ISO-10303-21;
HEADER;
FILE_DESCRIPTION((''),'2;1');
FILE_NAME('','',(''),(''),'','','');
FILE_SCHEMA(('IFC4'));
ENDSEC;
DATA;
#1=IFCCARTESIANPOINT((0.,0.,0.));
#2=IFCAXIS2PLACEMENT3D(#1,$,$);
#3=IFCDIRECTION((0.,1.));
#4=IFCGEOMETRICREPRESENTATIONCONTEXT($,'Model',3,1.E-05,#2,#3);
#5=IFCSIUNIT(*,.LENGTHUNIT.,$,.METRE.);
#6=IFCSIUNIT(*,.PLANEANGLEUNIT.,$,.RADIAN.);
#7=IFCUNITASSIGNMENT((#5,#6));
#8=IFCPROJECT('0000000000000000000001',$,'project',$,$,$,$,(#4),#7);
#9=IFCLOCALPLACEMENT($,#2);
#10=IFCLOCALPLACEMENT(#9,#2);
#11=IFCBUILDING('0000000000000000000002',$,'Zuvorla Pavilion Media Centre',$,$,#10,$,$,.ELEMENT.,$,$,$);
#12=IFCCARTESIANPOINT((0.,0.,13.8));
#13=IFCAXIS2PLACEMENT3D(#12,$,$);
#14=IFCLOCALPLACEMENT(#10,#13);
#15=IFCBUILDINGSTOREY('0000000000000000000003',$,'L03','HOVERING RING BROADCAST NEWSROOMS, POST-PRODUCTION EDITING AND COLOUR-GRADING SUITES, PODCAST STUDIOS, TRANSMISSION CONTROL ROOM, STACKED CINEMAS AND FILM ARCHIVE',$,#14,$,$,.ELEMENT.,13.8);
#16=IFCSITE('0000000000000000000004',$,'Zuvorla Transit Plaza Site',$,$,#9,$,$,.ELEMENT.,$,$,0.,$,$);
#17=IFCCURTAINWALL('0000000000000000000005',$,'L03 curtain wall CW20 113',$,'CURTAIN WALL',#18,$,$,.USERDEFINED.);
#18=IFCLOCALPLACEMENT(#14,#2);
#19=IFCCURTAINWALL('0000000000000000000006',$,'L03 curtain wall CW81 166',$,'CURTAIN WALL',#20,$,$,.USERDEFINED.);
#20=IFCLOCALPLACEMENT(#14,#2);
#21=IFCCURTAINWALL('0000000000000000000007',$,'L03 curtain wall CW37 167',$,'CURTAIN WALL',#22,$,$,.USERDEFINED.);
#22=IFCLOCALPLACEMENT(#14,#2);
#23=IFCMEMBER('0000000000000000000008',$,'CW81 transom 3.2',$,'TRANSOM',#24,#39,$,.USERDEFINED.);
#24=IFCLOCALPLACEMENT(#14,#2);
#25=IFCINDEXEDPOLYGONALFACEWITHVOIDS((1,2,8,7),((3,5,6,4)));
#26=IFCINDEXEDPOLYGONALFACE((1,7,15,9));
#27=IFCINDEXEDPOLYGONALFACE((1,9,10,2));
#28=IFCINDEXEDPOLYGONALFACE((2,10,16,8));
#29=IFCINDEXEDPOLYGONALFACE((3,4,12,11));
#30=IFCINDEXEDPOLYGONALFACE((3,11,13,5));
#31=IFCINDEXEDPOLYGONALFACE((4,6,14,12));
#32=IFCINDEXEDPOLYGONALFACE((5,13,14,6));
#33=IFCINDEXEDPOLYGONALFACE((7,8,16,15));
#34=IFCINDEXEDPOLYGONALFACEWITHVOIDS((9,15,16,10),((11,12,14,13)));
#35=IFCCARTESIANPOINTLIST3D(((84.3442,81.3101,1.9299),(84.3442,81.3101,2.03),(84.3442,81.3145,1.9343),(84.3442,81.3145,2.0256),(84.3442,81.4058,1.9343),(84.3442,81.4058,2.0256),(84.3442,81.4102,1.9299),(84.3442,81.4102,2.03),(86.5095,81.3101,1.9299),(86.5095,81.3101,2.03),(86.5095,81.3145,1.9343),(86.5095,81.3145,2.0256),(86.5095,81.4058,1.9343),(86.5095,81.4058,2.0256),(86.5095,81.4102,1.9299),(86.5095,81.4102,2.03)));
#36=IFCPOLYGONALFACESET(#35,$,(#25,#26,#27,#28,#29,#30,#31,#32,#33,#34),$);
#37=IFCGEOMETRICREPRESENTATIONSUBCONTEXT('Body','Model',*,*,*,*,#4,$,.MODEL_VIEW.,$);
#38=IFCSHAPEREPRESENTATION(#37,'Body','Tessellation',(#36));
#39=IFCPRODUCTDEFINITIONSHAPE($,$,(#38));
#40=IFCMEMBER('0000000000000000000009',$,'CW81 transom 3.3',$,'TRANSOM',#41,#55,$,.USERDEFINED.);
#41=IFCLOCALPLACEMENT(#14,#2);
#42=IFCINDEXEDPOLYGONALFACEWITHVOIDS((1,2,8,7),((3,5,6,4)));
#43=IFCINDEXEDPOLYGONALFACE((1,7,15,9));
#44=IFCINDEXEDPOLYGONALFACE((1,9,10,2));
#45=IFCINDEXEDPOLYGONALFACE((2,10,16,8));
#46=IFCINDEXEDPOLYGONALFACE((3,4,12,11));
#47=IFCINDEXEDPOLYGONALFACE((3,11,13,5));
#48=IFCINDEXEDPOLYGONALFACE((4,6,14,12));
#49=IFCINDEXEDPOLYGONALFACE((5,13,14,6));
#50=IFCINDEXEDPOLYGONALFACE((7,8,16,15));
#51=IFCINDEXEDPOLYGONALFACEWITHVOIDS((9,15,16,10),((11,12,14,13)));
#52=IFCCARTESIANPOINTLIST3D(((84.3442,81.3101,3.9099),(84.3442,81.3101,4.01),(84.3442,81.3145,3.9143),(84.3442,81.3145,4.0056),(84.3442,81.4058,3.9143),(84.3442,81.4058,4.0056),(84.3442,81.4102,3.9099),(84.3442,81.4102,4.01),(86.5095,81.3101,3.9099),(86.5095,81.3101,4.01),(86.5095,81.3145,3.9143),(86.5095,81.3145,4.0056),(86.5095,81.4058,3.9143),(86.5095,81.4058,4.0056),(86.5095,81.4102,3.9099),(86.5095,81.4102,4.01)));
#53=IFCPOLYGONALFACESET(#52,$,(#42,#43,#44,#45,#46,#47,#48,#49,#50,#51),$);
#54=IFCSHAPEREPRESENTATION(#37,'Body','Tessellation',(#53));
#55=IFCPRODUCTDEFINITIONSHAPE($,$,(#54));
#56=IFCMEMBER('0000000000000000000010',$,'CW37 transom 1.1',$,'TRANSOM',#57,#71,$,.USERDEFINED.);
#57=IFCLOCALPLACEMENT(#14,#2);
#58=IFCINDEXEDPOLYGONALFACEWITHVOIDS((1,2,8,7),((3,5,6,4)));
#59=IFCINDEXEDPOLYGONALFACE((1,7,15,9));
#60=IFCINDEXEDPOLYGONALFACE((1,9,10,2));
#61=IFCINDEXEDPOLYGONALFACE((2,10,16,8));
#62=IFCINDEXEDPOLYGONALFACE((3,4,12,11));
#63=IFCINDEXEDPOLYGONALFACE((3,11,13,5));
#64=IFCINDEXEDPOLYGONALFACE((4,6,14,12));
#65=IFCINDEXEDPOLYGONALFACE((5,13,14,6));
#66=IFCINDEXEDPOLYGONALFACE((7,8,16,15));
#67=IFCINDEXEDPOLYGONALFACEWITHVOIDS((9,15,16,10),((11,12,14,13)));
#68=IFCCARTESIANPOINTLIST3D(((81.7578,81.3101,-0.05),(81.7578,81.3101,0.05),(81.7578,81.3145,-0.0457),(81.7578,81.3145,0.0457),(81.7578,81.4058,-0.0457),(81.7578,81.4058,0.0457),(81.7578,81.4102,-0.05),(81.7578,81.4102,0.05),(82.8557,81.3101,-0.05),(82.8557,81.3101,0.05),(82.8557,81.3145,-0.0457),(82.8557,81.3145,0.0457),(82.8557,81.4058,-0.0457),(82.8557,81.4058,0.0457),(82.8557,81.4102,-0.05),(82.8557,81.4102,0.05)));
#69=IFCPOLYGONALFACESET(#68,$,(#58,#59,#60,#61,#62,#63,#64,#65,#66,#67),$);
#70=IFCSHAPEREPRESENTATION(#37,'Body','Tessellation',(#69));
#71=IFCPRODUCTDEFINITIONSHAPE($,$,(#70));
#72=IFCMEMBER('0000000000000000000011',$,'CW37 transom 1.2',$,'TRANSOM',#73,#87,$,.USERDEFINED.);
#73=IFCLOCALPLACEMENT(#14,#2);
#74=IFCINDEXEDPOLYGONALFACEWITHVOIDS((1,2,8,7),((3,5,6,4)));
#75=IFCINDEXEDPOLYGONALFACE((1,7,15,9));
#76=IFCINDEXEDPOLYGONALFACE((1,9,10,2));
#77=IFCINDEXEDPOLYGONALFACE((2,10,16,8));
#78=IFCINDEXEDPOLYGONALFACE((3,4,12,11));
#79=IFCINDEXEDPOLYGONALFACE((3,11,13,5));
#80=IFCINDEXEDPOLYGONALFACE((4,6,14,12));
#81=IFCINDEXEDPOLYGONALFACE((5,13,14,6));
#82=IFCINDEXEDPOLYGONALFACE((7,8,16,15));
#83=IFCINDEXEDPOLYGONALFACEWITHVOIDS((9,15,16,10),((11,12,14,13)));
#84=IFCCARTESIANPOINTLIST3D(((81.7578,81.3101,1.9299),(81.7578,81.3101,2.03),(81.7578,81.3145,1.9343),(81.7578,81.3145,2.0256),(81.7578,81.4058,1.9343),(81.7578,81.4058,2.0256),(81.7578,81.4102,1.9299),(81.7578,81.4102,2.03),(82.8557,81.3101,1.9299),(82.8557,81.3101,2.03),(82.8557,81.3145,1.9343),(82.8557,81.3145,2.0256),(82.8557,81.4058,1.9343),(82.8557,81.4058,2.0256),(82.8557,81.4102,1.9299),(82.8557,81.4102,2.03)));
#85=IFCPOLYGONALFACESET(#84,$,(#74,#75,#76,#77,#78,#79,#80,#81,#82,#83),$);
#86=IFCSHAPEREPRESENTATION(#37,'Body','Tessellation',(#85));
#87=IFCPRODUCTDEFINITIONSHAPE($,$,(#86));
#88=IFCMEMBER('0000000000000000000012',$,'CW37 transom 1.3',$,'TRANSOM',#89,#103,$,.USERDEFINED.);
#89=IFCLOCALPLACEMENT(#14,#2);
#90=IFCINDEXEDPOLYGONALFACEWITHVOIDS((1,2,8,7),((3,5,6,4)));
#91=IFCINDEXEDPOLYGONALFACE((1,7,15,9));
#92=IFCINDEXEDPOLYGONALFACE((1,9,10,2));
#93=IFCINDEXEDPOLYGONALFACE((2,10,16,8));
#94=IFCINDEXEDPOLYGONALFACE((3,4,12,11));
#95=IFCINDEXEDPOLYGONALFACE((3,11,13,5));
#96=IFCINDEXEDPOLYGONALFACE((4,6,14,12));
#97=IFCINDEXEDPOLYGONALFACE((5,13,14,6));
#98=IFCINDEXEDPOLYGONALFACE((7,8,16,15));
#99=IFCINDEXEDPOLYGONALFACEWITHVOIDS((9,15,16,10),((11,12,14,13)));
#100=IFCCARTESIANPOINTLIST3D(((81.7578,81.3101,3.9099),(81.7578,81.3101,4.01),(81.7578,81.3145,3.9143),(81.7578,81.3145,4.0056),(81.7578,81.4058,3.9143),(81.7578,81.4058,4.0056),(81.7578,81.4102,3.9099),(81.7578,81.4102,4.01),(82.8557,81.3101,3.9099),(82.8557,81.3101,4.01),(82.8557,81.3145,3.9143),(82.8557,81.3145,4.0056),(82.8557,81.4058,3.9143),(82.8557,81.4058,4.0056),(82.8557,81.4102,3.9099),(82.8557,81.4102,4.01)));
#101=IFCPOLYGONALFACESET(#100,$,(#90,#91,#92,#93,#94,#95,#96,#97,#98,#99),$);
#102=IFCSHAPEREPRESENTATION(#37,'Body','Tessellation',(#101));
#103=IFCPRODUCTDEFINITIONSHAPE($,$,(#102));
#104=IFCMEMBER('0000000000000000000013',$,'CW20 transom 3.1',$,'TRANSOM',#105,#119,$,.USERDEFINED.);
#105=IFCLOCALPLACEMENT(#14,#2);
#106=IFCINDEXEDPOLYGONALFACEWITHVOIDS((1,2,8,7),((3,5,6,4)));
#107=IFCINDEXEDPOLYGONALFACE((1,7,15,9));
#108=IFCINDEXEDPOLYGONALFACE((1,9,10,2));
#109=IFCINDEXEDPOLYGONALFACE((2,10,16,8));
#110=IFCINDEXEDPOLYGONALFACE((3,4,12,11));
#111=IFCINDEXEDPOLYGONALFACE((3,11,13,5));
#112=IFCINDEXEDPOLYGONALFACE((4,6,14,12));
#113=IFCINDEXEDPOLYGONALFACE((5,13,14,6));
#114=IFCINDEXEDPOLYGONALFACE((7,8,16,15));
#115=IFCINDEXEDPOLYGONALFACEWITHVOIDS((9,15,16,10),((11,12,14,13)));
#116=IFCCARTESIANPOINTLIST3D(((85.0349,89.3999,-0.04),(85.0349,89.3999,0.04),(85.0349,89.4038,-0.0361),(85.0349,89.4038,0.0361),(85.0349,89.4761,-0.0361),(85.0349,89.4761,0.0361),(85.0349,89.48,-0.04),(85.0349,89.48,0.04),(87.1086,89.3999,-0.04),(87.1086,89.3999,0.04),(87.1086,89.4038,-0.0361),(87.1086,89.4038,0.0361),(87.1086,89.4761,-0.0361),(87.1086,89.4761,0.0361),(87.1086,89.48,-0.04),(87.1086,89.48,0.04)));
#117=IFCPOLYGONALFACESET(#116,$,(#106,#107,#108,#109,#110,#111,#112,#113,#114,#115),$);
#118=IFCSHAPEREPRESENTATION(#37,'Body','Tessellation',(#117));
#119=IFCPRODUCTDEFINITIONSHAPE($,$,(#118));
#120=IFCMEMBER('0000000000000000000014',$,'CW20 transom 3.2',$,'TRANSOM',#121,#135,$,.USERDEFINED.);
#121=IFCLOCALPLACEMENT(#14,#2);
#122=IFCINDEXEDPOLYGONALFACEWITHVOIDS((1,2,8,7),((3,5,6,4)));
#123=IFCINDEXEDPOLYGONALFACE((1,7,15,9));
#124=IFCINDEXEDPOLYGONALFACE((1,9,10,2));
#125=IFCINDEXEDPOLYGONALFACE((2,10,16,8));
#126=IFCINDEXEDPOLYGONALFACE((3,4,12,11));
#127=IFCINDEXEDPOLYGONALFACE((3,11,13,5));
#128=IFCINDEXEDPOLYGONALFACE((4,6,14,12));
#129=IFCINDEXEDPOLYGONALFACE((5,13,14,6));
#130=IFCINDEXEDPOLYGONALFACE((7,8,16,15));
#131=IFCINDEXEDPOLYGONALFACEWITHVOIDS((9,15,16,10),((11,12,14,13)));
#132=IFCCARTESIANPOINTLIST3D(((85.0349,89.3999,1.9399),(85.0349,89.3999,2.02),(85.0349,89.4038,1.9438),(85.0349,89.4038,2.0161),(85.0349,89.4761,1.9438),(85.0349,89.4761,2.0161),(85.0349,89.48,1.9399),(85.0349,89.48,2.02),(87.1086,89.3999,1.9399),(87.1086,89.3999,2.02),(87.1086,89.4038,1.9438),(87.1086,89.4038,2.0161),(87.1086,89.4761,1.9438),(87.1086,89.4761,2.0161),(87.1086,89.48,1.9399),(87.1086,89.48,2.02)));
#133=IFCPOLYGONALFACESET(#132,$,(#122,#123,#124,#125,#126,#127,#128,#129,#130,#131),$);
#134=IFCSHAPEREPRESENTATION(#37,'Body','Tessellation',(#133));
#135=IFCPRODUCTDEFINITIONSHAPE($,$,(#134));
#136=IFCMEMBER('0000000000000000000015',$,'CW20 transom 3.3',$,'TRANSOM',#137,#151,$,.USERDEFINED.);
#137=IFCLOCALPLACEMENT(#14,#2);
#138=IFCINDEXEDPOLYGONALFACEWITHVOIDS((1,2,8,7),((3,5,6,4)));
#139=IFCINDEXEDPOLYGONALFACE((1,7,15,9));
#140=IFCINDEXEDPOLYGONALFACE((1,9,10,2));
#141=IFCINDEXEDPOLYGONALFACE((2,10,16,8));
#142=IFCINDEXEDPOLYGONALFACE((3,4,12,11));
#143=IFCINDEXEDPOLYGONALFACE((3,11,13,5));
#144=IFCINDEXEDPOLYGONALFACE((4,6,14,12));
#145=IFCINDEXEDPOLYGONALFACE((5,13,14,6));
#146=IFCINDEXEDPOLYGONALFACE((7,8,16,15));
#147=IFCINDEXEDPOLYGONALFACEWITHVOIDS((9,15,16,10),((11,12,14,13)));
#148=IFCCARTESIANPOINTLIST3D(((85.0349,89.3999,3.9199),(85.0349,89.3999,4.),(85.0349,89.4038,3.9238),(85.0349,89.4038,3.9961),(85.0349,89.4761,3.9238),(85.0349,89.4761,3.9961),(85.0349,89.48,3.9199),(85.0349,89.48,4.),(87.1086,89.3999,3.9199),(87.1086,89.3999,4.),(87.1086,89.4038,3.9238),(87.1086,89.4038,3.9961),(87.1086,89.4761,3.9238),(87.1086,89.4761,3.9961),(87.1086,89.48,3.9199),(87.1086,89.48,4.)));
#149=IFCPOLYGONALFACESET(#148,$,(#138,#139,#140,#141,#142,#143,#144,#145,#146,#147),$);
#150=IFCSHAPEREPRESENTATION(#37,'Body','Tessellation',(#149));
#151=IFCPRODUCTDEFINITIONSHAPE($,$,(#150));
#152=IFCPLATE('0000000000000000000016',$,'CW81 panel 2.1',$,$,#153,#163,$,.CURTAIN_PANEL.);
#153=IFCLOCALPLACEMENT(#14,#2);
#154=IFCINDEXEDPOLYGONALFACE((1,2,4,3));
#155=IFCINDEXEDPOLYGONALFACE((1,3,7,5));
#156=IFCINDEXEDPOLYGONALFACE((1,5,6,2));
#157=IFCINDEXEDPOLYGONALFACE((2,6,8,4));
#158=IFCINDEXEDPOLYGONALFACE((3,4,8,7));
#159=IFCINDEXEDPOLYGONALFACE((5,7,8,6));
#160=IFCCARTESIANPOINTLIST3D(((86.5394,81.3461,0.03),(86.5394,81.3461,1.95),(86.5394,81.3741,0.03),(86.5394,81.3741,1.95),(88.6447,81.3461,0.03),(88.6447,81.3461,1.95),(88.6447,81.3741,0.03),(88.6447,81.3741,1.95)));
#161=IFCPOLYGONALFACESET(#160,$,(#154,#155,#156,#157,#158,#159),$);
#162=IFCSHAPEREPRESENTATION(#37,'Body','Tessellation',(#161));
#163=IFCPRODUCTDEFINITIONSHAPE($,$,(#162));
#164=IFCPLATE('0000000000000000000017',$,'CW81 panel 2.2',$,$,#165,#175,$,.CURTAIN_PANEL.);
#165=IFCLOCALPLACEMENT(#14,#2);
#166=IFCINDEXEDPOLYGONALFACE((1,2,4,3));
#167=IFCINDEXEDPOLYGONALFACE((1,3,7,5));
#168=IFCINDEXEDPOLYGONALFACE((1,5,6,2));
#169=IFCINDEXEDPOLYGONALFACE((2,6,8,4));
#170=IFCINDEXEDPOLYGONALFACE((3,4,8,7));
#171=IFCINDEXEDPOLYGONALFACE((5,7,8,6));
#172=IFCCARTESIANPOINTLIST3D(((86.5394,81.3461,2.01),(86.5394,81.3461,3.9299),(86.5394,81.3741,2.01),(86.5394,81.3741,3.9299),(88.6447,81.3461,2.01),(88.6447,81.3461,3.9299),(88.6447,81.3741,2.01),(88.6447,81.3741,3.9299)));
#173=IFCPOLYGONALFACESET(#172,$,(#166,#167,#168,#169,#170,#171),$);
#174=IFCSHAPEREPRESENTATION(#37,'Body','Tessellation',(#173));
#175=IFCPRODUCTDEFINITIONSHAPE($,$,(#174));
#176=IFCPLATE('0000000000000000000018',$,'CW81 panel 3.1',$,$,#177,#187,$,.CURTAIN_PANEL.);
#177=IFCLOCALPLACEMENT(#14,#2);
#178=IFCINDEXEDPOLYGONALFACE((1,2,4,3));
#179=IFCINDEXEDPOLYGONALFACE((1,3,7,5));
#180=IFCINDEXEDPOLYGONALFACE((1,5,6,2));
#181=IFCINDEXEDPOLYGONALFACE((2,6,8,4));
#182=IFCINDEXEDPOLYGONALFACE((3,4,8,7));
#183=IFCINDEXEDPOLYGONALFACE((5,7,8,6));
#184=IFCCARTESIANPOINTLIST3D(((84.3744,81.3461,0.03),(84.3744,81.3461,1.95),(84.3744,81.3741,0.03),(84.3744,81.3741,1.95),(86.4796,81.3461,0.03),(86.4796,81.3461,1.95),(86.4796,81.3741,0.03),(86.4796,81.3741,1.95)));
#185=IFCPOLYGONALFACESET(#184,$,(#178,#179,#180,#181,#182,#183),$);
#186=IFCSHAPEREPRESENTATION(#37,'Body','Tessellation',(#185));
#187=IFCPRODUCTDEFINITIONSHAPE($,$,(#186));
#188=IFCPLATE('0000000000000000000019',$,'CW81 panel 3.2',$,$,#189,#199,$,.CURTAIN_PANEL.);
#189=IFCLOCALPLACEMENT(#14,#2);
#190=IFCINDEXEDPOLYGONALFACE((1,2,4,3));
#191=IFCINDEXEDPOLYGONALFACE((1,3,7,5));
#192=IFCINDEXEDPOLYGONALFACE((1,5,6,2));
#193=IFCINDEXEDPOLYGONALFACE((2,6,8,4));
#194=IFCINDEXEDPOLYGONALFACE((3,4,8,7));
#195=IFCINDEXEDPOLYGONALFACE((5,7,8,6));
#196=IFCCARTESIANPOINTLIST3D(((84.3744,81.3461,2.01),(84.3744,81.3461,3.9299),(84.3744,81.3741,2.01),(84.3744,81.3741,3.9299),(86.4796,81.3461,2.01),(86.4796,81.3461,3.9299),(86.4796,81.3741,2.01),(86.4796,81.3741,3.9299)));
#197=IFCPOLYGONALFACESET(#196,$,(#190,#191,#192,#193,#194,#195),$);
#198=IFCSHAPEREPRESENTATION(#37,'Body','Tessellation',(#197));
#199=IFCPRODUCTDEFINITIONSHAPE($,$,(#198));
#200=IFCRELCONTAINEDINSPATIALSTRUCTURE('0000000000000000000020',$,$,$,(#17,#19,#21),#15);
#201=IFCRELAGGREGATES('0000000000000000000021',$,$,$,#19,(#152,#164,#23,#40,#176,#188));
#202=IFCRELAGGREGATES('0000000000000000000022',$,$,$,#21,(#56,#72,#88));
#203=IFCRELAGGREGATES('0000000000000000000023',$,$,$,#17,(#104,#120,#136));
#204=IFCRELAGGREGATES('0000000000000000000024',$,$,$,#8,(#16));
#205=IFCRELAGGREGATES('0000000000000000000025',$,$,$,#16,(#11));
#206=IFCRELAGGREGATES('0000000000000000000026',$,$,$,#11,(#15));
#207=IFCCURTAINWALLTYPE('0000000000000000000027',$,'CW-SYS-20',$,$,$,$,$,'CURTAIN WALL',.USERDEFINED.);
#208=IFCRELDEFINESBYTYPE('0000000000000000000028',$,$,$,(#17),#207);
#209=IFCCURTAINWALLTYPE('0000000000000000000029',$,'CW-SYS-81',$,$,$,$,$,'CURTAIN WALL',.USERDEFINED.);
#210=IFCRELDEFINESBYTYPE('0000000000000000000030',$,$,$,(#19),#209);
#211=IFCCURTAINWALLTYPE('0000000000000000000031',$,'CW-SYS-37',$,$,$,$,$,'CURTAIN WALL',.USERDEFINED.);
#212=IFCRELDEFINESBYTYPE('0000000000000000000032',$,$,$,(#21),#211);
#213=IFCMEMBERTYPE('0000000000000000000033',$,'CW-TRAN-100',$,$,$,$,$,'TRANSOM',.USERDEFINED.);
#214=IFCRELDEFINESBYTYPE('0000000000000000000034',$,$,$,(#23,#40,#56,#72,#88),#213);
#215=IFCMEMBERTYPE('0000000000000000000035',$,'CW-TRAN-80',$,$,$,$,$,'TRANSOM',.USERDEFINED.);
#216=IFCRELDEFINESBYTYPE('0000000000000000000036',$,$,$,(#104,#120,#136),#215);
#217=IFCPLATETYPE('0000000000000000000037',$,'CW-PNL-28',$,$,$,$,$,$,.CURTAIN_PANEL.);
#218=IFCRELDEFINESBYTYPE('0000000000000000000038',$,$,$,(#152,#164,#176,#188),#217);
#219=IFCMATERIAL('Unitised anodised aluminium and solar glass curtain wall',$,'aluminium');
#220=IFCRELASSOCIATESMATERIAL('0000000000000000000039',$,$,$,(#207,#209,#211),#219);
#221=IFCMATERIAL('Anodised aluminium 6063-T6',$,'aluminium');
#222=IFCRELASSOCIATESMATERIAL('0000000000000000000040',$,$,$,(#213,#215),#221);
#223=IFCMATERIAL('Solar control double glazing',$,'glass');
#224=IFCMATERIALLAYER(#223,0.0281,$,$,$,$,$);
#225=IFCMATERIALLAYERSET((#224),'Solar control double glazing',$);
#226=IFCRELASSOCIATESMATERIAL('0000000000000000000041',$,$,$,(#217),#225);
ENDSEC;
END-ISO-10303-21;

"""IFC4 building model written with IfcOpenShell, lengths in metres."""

from ifc_helpers import new_model, si_unit, direction, frame, origin, origin_2d, place, context, subcontext, project, spatial, rectangle, hollow_rectangle, extrude, material, layer, layer_set, material_profile, profile_set, type_object, element, aggregate, save


model = new_model("IFC4")

# Units and contexts
model_context = context("Model", 3, precision=1e-05, world=origin(), true_north=direction((0.0, 1.0)))
body_context = subcontext(model_context, "Body", "Model", "MODEL_VIEW")
ifc_project = project(units=[si_unit("LENGTHUNIT", "METRE"), si_unit("PLANEANGLEUNIT", "RADIAN")], contexts=[model_context])

# Site, building, storey
site_placement = place(None, origin())
site = spatial("IfcSite", under=ifc_project, at=site_placement, Name="Zuvorla Transit Plaza Site", CompositionType="ELEMENT", RefElevation=0.0)
building_placement = place(site_placement, origin())
building = spatial("IfcBuilding", under=site, at=building_placement, Name="Zuvorla Pavilion Media Centre", CompositionType="ELEMENT")
storey_placement = place(building_placement, frame((0.0, 0.0, 13.8)))
storey = spatial("IfcBuildingStorey", under=building, at=storey_placement, Name="L03", Description="HOVERING RING BROADCAST NEWSROOMS, POST-PRODUCTION EDITING AND COLOUR-GRADING SUITES, PODCAST STUDIOS, TRANSMISSION CONTROL ROOM, STACKED CINEMAS AND FILM ARCHIVE", CompositionType="ELEMENT", Elevation=13.8)

# Curtain wall
ifc_material_1 = material(Name="Unitised anodised aluminium and solar glass curtain wall", Category="aluminium")
curtain_wall_type_1 = type_object("IfcCurtainWallType", Name="CW-SYS-20", ElementType="CURTAIN WALL", PredefinedType="USERDEFINED", material=ifc_material_1)
curtain_wall_1_placement = place(storey_placement, origin())
curtain_wall_1 = element("IfcCurtainWall", 1, at=curtain_wall_1_placement, inside=storey, type_object=curtain_wall_type_1, Name="L03 curtain wall CW20 113", ObjectType="CURTAIN WALL", PredefinedType="USERDEFINED")
ifc_material_2 = material(Name="Anodised aluminium 6063-T6", Category="aluminium")

# Curtain wall
curtain_wall_type_2 = type_object("IfcCurtainWallType", Name="CW-SYS-81", ElementType="CURTAIN WALL", PredefinedType="USERDEFINED", material=ifc_material_1)
curtain_wall_2_placement = place(storey_placement, origin())
curtain_wall_2 = element("IfcCurtainWall", 2, at=curtain_wall_2_placement, inside=storey, type_object=curtain_wall_type_2, Name="L03 curtain wall CW81 166", ObjectType="CURTAIN WALL", PredefinedType="USERDEFINED")

# Curtain wall
curtain_wall_type_3 = type_object("IfcCurtainWallType", Name="CW-SYS-37", ElementType="CURTAIN WALL", PredefinedType="USERDEFINED", material=ifc_material_1)
curtain_wall_3_placement = place(storey_placement, origin())
curtain_wall_3 = element("IfcCurtainWall", 3, at=curtain_wall_3_placement, inside=storey, type_object=curtain_wall_type_3, Name="L03 curtain wall CW37 167", ObjectType="CURTAIN WALL", PredefinedType="USERDEFINED")

# Members
ifc_material_profile_1 = material_profile(ifc_material_2, hollow_rectangle(XDim=0.1001, YDim=0.1001, WallThickness=0.0044, at=origin_2d()), Name="ALU TRAN 100x100")
ifc_profile_set_1 = profile_set([ifc_material_profile_1], Name="Anodised aluminium 6063-T6")
member_type_1 = type_object("IfcMemberType", Name="CW-TRAN-100", ElementType="TRANSOM", PredefinedType="USERDEFINED", material=ifc_profile_set_1)
member_1_placement = place(storey_placement, frame((86.5095, 81.3601, 1.98), z_axis=(-1.0, 0.0, 0.0), x_axis=(0.0, -1.0, 0.0)))
member_1 = element("IfcMember", 4, at=member_1_placement, type_object=member_type_1, Name="CW81 transom 3.2", ObjectType="TRANSOM", PredefinedType="USERDEFINED", context=body_context, shape_type="SweptSolid", body=[
    extrude(hollow_rectangle(XDim=0.1001, YDim=0.1001, WallThickness=0.0044, at=origin_2d()), origin(), (0.0, 0.0, 1.0), 2.1653),
])
member_2_placement = place(storey_placement, frame((86.5095, 81.3601, 3.96), z_axis=(-1.0, 0.0, 0.0), x_axis=(0.0, -1.0, 0.0)))
member_2 = element("IfcMember", 5, at=member_2_placement, type_object=member_type_1, Name="CW81 transom 3.3", ObjectType="TRANSOM", PredefinedType="USERDEFINED", context=body_context, shape_type="SweptSolid", body=[
    extrude(hollow_rectangle(XDim=0.1001, YDim=0.1001, WallThickness=0.0044, at=origin_2d()), origin(), (0.0, 0.0, 1.0), 2.1653),
])
member_3_placement = place(storey_placement, frame((82.8557, 81.3601, 0.0), z_axis=(-1.0, 0.0, 0.0), x_axis=(0.0, -1.0, 0.0)))
member_3 = element("IfcMember", 6, at=member_3_placement, type_object=member_type_1, Name="CW37 transom 1.1", ObjectType="TRANSOM", PredefinedType="USERDEFINED", context=body_context, shape_type="SweptSolid", body=[
    extrude(hollow_rectangle(XDim=0.1001, YDim=0.1001, WallThickness=0.0044, at=origin_2d()), origin(), (0.0, 0.0, 1.0), 1.0979),
])
member_4_placement = place(storey_placement, frame((82.8557, 81.3601, 1.98), z_axis=(-1.0, 0.0, 0.0), x_axis=(0.0, -1.0, 0.0)))
member_4 = element("IfcMember", 7, at=member_4_placement, type_object=member_type_1, Name="CW37 transom 1.2", ObjectType="TRANSOM", PredefinedType="USERDEFINED", context=body_context, shape_type="SweptSolid", body=[
    extrude(hollow_rectangle(XDim=0.1001, YDim=0.1001, WallThickness=0.0044, at=origin_2d()), origin(), (0.0, 0.0, 1.0), 1.0979),
])
member_5_placement = place(storey_placement, frame((82.8557, 81.3601, 3.96), z_axis=(-1.0, 0.0, 0.0), x_axis=(0.0, -1.0, 0.0)))
member_5 = element("IfcMember", 8, at=member_5_placement, type_object=member_type_1, Name="CW37 transom 1.3", ObjectType="TRANSOM", PredefinedType="USERDEFINED", context=body_context, shape_type="SweptSolid", body=[
    extrude(hollow_rectangle(XDim=0.1001, YDim=0.1001, WallThickness=0.0044, at=origin_2d()), origin(), (0.0, 0.0, 1.0), 1.0979),
])
ifc_material_profile_2 = material_profile(ifc_material_2, hollow_rectangle(XDim=0.0801, YDim=0.0801, WallThickness=0.0039, at=origin_2d()), Name="ALU TRAN 80x80")
ifc_profile_set_2 = profile_set([ifc_material_profile_2], Name="Anodised aluminium 6063-T6")
member_type_2 = type_object("IfcMemberType", Name="CW-TRAN-80", ElementType="TRANSOM", PredefinedType="USERDEFINED", material=ifc_profile_set_2)
member_6_placement = place(storey_placement, frame((87.1086, 89.4399, 0.0), z_axis=(-1.0, 0.0, 0.0), x_axis=(0.0, -1.0, 0.0)))
member_6 = element("IfcMember", 9, at=member_6_placement, type_object=member_type_2, Name="CW20 transom 3.1", ObjectType="TRANSOM", PredefinedType="USERDEFINED", context=body_context, shape_type="SweptSolid", body=[
    extrude(hollow_rectangle(XDim=0.0801, YDim=0.0801, WallThickness=0.0039, at=origin_2d()), origin(), (0.0, 0.0, 1.0), 2.0737),
])
member_7_placement = place(storey_placement, frame((87.1086, 89.4399, 1.98), z_axis=(-1.0, 0.0, 0.0), x_axis=(0.0, -1.0, 0.0)))
member_7 = element("IfcMember", 10, at=member_7_placement, type_object=member_type_2, Name="CW20 transom 3.2", ObjectType="TRANSOM", PredefinedType="USERDEFINED", context=body_context, shape_type="SweptSolid", body=[
    extrude(hollow_rectangle(XDim=0.0801, YDim=0.0801, WallThickness=0.0039, at=origin_2d()), origin(), (0.0, 0.0, 1.0), 2.0737),
])
member_8_placement = place(storey_placement, frame((87.1086, 89.4399, 3.96), z_axis=(-1.0, 0.0, 0.0), x_axis=(0.0, -1.0, 0.0)))
member_8 = element("IfcMember", 11, at=member_8_placement, type_object=member_type_2, Name="CW20 transom 3.3", ObjectType="TRANSOM", PredefinedType="USERDEFINED", context=body_context, shape_type="SweptSolid", body=[
    extrude(hollow_rectangle(XDim=0.0801, YDim=0.0801, WallThickness=0.0039, at=origin_2d()), origin(), (0.0, 0.0, 1.0), 2.0737),
])

# Plates
ifc_material_3 = material(Name="Solar control double glazing", Category="glass")
ifc_layer_1 = layer(ifc_material_3, 0.0281)
ifc_layer_set_1 = layer_set([ifc_layer_1], Name="Solar control double glazing")
plate_type_1 = type_object("IfcPlateType", Name="CW-PNL-28", PredefinedType="CURTAIN_PANEL", material=ifc_layer_set_1)
plate_1_placement = place(storey_placement, frame((87.592, 81.3601, 0.03), z_axis=(0.0, 0.0, 1.0), x_axis=(-1.0, 0.0, 0.0)))
plate_1 = element("IfcPlate", 12, at=plate_1_placement, type_object=plate_type_1, Name="CW81 panel 2.1", PredefinedType="CURTAIN_PANEL", context=body_context, shape_type="SweptSolid", body=[
    extrude(rectangle(XDim=2.1052, YDim=0.0281, at=origin_2d()), origin(), (0.0, 0.0, 1.0), 1.9199),
])
plate_2_placement = place(storey_placement, frame((87.592, 81.3601, 2.01), z_axis=(0.0, 0.0, 1.0), x_axis=(-1.0, 0.0, 0.0)))
plate_2 = element("IfcPlate", 13, at=plate_2_placement, type_object=plate_type_1, Name="CW81 panel 2.2", PredefinedType="CURTAIN_PANEL", context=body_context, shape_type="SweptSolid", body=[
    extrude(rectangle(XDim=2.1052, YDim=0.0281, at=origin_2d()), origin(), (0.0, 0.0, 1.0), 1.9199),
])
plate_3_placement = place(storey_placement, frame((85.427, 81.3601, 0.03), z_axis=(0.0, 0.0, 1.0), x_axis=(-1.0, 0.0, 0.0)))
plate_3 = element("IfcPlate", 14, at=plate_3_placement, type_object=plate_type_1, Name="CW81 panel 3.1", PredefinedType="CURTAIN_PANEL", context=body_context, shape_type="SweptSolid", body=[
    extrude(rectangle(XDim=2.1052, YDim=0.0281, at=origin_2d()), origin(), (0.0, 0.0, 1.0), 1.9199),
])
plate_4_placement = place(storey_placement, frame((85.427, 81.3601, 2.01), z_axis=(0.0, 0.0, 1.0), x_axis=(-1.0, 0.0, 0.0)))
plate_4 = element("IfcPlate", 15, at=plate_4_placement, type_object=plate_type_1, Name="CW81 panel 3.2", PredefinedType="CURTAIN_PANEL", context=body_context, shape_type="SweptSolid", body=[
    extrude(rectangle(XDim=2.1052, YDim=0.0281, at=origin_2d()), origin(), (0.0, 0.0, 1.0), 1.9199),
])
aggregate(curtain_wall_2, [plate_1, plate_2, member_1, member_2, plate_3, plate_4])
aggregate(curtain_wall_3, [member_3, member_4, member_5])
aggregate(curtain_wall_1, [member_6, member_7, member_8])

save(model, "model.ifc")
